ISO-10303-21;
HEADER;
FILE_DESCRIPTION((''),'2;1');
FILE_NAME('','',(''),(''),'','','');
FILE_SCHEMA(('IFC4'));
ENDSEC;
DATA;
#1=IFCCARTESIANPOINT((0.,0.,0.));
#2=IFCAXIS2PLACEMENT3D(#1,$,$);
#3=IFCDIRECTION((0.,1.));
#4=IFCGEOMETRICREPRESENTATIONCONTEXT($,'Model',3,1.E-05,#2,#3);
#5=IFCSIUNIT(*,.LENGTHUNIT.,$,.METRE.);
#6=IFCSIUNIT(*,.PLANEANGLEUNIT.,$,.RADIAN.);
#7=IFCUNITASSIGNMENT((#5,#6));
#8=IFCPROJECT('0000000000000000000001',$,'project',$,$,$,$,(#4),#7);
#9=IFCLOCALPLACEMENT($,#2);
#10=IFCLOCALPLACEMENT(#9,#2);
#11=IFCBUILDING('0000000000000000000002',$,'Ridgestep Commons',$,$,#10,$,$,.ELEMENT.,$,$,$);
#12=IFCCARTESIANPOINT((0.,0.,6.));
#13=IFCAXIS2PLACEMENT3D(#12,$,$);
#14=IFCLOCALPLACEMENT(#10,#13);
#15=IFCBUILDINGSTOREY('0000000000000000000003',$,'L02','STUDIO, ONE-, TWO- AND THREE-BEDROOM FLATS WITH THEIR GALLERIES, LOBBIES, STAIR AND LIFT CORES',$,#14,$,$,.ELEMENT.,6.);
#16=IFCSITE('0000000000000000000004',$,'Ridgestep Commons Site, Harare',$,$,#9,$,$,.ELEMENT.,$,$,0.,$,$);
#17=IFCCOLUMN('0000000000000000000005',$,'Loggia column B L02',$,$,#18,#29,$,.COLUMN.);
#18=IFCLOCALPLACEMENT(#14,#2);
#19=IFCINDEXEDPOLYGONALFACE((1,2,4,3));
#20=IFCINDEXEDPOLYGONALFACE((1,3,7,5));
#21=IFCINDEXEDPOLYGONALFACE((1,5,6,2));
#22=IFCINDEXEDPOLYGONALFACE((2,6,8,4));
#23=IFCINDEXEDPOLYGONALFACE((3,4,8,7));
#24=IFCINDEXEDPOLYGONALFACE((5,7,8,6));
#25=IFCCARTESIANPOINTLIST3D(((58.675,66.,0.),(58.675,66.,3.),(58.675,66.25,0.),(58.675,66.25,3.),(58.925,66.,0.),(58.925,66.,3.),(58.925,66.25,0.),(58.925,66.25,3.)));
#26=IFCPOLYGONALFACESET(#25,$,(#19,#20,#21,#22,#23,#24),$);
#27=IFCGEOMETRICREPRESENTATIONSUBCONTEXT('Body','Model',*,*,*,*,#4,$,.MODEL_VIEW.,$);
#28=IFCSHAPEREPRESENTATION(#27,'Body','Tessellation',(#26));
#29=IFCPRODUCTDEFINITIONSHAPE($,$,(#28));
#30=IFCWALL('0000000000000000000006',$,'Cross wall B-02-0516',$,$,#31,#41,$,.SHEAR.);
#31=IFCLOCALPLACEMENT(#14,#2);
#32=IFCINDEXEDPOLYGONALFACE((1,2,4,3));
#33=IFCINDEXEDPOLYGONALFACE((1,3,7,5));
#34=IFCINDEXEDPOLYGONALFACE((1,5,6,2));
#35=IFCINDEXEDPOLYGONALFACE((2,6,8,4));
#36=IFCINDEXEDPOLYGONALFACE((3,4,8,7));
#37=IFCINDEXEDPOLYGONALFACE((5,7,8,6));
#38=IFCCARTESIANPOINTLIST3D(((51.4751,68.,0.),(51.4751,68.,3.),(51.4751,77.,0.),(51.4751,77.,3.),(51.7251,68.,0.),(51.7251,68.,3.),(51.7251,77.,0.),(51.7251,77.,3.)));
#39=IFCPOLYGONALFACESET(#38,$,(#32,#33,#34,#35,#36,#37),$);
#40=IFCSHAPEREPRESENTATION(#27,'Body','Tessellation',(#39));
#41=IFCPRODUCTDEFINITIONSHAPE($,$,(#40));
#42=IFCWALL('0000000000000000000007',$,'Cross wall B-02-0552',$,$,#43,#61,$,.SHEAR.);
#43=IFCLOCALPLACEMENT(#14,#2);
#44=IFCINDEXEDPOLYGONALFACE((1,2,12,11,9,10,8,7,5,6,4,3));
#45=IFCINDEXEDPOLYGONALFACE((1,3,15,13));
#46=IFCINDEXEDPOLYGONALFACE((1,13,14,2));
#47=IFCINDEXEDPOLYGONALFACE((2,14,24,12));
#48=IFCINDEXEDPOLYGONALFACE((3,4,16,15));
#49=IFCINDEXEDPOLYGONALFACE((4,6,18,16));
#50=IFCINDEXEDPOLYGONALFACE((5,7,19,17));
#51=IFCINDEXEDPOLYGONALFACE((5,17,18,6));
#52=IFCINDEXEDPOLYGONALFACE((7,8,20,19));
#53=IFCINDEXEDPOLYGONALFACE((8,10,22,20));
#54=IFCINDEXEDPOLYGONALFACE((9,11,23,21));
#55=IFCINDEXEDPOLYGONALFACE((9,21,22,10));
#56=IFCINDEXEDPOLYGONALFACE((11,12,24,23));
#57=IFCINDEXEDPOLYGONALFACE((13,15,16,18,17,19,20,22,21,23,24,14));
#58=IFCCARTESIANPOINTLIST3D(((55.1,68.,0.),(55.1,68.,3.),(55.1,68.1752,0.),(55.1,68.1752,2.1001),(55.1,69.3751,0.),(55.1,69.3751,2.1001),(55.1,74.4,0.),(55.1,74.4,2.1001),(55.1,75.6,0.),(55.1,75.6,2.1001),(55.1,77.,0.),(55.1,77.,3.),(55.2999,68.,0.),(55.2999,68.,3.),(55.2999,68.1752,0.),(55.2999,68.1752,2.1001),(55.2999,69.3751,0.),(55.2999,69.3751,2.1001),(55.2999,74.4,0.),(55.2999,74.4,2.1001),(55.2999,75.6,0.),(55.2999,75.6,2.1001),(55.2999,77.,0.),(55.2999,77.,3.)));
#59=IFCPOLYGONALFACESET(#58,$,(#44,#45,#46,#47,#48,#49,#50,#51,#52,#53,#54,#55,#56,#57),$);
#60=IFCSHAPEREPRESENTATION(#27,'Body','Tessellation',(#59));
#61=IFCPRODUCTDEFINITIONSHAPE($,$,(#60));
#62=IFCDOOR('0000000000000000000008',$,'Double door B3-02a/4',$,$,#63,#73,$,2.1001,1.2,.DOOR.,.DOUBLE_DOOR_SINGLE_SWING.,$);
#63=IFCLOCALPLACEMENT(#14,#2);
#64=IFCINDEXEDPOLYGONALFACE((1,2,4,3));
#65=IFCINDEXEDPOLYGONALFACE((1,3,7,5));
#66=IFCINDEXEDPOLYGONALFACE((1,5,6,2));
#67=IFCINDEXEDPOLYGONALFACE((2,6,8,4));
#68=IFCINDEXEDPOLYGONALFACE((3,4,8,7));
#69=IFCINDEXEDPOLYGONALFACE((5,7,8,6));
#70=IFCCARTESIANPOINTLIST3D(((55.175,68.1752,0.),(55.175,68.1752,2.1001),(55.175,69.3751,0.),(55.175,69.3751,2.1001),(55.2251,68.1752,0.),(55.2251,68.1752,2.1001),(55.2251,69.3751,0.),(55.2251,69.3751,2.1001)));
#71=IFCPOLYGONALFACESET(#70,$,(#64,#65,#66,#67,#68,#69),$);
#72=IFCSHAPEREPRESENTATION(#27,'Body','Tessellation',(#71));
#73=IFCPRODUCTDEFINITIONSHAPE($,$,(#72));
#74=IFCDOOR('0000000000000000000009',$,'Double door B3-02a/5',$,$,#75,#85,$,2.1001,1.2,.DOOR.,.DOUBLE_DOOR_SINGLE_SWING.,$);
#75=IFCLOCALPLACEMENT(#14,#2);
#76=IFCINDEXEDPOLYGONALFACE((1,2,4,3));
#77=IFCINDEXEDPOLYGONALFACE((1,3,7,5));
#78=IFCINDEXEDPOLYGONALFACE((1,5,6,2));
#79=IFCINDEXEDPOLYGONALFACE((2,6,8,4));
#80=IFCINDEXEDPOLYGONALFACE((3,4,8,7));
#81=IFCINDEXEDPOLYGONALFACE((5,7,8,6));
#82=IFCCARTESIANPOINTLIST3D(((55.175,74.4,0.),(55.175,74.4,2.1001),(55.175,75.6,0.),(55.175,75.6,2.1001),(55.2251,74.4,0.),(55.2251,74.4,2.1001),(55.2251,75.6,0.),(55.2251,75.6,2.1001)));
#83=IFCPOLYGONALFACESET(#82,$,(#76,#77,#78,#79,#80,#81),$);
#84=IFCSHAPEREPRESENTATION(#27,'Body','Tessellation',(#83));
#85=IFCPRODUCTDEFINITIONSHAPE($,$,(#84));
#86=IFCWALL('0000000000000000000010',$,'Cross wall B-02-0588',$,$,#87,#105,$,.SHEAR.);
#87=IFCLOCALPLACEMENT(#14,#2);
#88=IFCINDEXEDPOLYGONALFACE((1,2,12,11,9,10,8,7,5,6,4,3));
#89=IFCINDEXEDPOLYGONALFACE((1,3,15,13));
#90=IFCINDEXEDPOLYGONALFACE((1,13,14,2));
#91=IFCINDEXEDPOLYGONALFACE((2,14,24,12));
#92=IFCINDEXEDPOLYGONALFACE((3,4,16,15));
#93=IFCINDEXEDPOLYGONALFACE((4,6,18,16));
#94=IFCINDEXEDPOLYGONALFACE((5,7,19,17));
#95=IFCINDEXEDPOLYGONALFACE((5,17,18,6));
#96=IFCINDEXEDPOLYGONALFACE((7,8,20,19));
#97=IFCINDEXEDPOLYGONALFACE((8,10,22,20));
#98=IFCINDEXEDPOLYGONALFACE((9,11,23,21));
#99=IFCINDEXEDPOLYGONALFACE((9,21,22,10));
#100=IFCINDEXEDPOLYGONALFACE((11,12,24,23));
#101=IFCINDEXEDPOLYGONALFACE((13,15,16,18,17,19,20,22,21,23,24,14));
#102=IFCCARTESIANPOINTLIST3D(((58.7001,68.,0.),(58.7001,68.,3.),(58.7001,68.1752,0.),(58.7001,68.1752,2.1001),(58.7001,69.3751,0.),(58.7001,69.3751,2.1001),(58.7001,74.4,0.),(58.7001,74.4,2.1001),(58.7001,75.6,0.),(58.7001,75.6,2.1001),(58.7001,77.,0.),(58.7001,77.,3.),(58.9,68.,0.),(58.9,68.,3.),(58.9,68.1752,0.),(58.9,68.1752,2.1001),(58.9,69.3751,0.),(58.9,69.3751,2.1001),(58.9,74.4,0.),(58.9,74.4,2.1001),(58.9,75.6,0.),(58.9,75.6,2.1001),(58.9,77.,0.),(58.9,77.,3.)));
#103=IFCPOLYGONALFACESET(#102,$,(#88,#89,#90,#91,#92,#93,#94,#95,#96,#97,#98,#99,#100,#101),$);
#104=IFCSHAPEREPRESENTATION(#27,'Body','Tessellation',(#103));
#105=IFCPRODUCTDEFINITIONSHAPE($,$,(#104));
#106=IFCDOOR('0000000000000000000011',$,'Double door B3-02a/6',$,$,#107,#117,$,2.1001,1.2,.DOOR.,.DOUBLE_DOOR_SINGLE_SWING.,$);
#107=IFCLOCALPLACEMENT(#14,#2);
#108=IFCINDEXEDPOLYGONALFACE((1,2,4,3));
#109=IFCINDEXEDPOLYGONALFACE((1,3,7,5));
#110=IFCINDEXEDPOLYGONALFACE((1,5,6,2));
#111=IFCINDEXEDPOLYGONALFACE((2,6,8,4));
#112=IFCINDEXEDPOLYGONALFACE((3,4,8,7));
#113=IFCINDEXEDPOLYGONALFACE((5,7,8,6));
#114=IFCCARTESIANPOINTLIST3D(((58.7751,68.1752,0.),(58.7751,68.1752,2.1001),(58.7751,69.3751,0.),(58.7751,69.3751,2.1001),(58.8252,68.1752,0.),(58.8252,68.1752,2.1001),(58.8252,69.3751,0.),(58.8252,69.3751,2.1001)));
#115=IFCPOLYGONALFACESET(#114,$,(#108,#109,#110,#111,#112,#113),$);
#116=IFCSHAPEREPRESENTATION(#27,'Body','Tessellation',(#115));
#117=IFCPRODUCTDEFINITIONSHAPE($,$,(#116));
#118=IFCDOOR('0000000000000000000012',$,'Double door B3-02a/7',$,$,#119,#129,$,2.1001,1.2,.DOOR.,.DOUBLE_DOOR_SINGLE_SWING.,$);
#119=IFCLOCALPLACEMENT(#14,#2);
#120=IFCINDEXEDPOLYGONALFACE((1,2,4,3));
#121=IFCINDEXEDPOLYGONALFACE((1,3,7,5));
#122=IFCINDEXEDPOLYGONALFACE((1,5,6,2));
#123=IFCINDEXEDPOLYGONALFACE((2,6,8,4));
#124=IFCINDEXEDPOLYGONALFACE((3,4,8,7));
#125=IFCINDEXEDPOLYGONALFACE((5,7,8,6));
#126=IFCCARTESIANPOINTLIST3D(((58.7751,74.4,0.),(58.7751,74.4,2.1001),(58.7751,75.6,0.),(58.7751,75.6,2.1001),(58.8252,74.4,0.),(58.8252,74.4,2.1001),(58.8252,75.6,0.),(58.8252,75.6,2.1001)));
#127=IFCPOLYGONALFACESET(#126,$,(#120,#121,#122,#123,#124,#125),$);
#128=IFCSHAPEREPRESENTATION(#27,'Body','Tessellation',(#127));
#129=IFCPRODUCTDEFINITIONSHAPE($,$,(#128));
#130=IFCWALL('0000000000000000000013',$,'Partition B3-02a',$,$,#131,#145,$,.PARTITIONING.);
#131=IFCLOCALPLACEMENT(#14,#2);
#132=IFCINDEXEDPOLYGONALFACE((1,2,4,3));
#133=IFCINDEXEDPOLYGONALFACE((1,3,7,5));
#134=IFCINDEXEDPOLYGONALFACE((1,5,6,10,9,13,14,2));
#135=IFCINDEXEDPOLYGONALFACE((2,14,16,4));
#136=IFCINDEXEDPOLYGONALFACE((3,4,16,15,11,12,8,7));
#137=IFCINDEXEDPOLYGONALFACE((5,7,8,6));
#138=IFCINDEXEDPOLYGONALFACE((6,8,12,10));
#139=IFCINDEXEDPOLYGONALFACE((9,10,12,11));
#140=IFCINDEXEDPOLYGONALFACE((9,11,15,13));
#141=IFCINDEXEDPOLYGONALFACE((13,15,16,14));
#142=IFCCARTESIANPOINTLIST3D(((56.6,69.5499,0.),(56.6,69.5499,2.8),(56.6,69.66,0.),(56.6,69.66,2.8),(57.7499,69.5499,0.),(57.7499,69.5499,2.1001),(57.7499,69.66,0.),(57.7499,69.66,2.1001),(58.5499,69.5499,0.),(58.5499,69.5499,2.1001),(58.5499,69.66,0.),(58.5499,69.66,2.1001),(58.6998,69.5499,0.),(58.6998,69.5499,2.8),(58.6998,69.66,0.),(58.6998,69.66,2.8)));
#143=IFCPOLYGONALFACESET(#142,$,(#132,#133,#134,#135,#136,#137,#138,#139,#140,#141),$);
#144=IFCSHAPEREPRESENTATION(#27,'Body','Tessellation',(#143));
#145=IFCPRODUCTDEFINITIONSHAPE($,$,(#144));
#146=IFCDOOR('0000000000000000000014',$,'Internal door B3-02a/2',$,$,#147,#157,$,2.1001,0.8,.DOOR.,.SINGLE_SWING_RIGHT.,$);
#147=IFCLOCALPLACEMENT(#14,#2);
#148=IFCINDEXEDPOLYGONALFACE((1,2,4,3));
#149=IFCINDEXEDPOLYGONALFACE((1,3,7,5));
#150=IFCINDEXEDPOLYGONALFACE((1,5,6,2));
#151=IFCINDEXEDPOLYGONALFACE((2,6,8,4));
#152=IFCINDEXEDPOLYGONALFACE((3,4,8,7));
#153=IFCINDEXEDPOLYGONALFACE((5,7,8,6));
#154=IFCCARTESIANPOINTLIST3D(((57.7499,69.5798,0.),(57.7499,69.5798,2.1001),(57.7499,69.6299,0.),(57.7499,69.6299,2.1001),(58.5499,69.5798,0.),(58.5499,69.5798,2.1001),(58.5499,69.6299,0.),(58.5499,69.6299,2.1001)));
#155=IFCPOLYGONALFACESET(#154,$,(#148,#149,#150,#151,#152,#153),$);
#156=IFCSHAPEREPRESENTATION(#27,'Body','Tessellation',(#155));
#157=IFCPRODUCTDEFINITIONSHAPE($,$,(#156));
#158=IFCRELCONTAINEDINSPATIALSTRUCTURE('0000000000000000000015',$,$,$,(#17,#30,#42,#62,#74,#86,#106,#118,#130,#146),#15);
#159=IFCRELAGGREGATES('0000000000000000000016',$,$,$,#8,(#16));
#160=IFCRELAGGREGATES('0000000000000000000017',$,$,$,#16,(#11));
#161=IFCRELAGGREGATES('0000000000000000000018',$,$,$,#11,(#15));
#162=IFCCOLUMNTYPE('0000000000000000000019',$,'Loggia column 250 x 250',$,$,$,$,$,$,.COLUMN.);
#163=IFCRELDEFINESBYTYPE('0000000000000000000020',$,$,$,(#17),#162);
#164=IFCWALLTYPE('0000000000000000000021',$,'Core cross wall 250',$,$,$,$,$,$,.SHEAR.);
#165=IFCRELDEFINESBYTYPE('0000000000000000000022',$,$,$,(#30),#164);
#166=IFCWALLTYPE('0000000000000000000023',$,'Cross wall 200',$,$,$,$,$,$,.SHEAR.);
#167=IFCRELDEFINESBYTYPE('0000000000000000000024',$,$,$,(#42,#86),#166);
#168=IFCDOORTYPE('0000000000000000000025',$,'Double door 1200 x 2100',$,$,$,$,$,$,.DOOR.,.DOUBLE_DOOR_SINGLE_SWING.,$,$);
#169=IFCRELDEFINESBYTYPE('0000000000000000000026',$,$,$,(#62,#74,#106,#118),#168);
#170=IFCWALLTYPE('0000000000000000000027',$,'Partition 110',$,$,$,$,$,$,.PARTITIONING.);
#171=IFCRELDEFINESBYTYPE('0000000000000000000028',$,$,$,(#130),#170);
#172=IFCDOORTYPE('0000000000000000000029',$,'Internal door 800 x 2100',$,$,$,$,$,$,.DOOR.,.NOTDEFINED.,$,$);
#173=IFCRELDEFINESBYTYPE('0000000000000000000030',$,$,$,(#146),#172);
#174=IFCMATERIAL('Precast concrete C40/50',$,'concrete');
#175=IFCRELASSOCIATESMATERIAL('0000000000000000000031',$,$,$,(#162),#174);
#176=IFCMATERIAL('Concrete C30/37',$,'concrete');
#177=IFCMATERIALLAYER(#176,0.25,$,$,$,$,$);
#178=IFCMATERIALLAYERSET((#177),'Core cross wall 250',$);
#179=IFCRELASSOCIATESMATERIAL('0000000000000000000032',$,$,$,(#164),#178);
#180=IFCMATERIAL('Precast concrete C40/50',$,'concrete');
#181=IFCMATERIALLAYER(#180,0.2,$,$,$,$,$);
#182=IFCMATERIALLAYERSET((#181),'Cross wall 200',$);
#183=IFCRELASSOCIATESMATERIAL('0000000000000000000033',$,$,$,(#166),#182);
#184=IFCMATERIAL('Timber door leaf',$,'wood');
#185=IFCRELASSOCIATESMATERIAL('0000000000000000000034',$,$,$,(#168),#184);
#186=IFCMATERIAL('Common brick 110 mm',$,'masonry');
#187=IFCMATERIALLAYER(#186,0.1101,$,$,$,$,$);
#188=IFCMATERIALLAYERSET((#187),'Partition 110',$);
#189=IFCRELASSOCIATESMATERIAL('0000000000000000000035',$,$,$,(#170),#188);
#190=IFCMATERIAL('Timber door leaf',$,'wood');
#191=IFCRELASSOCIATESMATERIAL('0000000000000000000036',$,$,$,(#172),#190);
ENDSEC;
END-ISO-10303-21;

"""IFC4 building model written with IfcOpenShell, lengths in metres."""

from ifc_helpers import new_model, si_unit, direction, frame, frame_2d, origin, origin_2d, place, context, subcontext, project, spatial, rectangle, extrude, material, layer, layer_set, material_profile, profile_set, type_object, element, fill, save


model = new_model("IFC4")

# Units and contexts
model_context = context("Model", 3, precision=1e-05, world=origin(), true_north=direction((0.0, 1.0)))
body_context = subcontext(model_context, "Body", "Model", "MODEL_VIEW")
ifc_project = project(units=[si_unit("LENGTHUNIT", "METRE"), si_unit("PLANEANGLEUNIT", "RADIAN")], contexts=[model_context])

# Site, building, storey
site_placement = place(None, origin())
site = spatial("IfcSite", under=ifc_project, at=site_placement, Name="Ridgestep Commons Site, Harare", CompositionType="ELEMENT", RefElevation=0.0)
building_placement = place(site_placement, origin())
building = spatial("IfcBuilding", under=site, at=building_placement, Name="Ridgestep Commons", CompositionType="ELEMENT")
storey_placement = place(building_placement, frame((0.0, 0.0, 6.0)))
storey = spatial("IfcBuildingStorey", under=building, at=storey_placement, Name="L02", Description="STUDIO, ONE-, TWO- AND THREE-BEDROOM FLATS WITH THEIR GALLERIES, LOBBIES, STAIR AND LIFT CORES", CompositionType="ELEMENT", Elevation=6.0)

# Column
ifc_material_1 = material(Name="Precast concrete C40/50", Category="concrete")
ifc_material_profile = material_profile(ifc_material_1, rectangle(XDim=0.25, YDim=0.25, at=origin_2d()), Name="PC 250x250")
ifc_profile_set = profile_set([ifc_material_profile], Name="Precast concrete C40/50")
column_type = type_object("IfcColumnType", Name="Loggia column 250 x 250", PredefinedType="COLUMN", material=ifc_profile_set)
column_placement = place(storey_placement, frame((58.8, 66.125, 0.0), z_axis=(0.0, 0.0, 1.0), x_axis=(1.0, 0.0, 0.0)))
element("IfcColumn", 1, at=column_placement, inside=storey, type_object=column_type, Name="Loggia column B L02", PredefinedType="COLUMN", context=body_context, shape_type="SweptSolid", body=[
    extrude(rectangle(XDim=0.25, YDim=0.25, at=origin_2d()), origin(), (0.0, 0.0, 1.0), 3.0),
])

# Wall
ifc_material_2 = material(Name="Concrete C30/37", Category="concrete")
ifc_layer_1 = layer(ifc_material_2, 0.25)
ifc_layer_set_1 = layer_set([ifc_layer_1], Name="Core cross wall 250")
wall_type_1 = type_object("IfcWallType", Name="Core cross wall 250", PredefinedType="SHEAR", material=ifc_layer_set_1)
wall_1_placement = place(storey_placement, frame((51.6001, 68.0, 0.0), z_axis=(0.0, 0.0, 1.0), x_axis=(0.0, 1.0, 0.0)))
element("IfcWall", 2, at=wall_1_placement, inside=storey, type_object=wall_type_1, Name="Cross wall B-02-0516", PredefinedType="SHEAR", context=body_context, shape_type="SweptSolid", body=[
    extrude(rectangle(XDim=9.0, YDim=0.25, at=frame_2d((4.5, 0.0))), origin(), (0.0, 0.0, 1.0), 3.0),
])

# Walls, openings, doors
ifc_material_3 = material(Name="Precast concrete C40/50", Category="concrete")
ifc_layer_2 = layer(ifc_material_3, 0.2)
ifc_layer_set_2 = layer_set([ifc_layer_2], Name="Cross wall 200")
wall_type_2 = type_object("IfcWallType", Name="Cross wall 200", PredefinedType="SHEAR", material=ifc_layer_set_2)
wall_2_placement = place(storey_placement, frame((55.2, 68.0, 0.0), z_axis=(0.0, 0.0, 1.0), x_axis=(0.0, 1.0, 0.0)))
wall_2 = element("IfcWall", 3, at=wall_2_placement, inside=storey, type_object=wall_type_2, Name="Cross wall B-02-0552", PredefinedType="SHEAR", context=body_context, shape_type="SweptSolid", body=[
    extrude(rectangle(XDim=9.0, YDim=0.2, at=frame_2d((4.5, 0.0))), origin(), (0.0, 0.0, 1.0), 3.0),
])
opening_1_placement = place(wall_2_placement, frame((0.175, 0.0, 0.0)))
opening_1 = element("IfcOpeningElement", 4, at=opening_1_placement, cuts=wall_2, PredefinedType="OPENING", context=body_context, shape_type="SweptSolid", body=[
    extrude(rectangle(XDim=1.2, YDim=2.1001, at=frame_2d((0.6001, 1.05))), frame((0.0, 0.1099, 0.0), z_axis=(0.0, -1.0, 0.0), x_axis=(1.0, 0.0, 0.0)), (0.0, 0.0, 1.0), 0.22),
])
opening_2_placement = place(wall_2_placement, frame((6.3999, 0.0, 0.0)))
opening_2 = element("IfcOpeningElement", 5, at=opening_2_placement, cuts=wall_2, PredefinedType="OPENING", context=body_context, shape_type="SweptSolid", body=[
    extrude(rectangle(XDim=1.2, YDim=2.1001, at=frame_2d((0.6001, 1.05))), frame((0.0, 0.1099, 0.0), z_axis=(0.0, -1.0, 0.0), x_axis=(1.0, 0.0, 0.0)), (0.0, 0.0, 1.0), 0.22),
])
ifc_material_4 = material(Name="Timber door leaf", Category="wood")
door_type_1 = type_object("IfcDoorType", Name="Double door 1200 x 2100", OperationType="DOUBLE_DOOR_SINGLE_SWING", PredefinedType="DOOR", material=ifc_material_4)
door_1_placement = place(opening_1_placement, origin())
door_1 = element("IfcDoor", 6, at=door_1_placement, inside=storey, type_object=door_type_1, Name="Double door B3-02a/4", OperationType="DOUBLE_DOOR_SINGLE_SWING", OverallHeight=2.1001, OverallWidth=1.2, PredefinedType="DOOR", context=body_context, shape_type="SweptSolid", body=[
    extrude(rectangle(XDim=1.2, YDim=2.1001, at=frame_2d((0.6001, 1.05))), frame((0.0, 0.0249, 0.0), z_axis=(0.0, -1.0, 0.0), x_axis=(1.0, 0.0, 0.0)), (0.0, 0.0, 1.0), 0.05),
])
fill(opening_1, door_1)
door_2_placement = place(opening_2_placement, origin())
door_2 = element("IfcDoor", 7, at=door_2_placement, inside=storey, type_object=door_type_1, Name="Double door B3-02a/5", OperationType="DOUBLE_DOOR_SINGLE_SWING", OverallHeight=2.1001, OverallWidth=1.2, PredefinedType="DOOR", context=body_context, shape_type="SweptSolid", body=[
    extrude(rectangle(XDim=1.2, YDim=2.1001, at=frame_2d((0.6001, 1.05))), frame((0.0, 0.0249, 0.0), z_axis=(0.0, -1.0, 0.0), x_axis=(1.0, 0.0, 0.0)), (0.0, 0.0, 1.0), 0.05),
])
fill(opening_2, door_2)
wall_3_placement = place(storey_placement, frame((58.8, 68.0, 0.0), z_axis=(0.0, 0.0, 1.0), x_axis=(0.0, 1.0, 0.0)))
wall_3 = element("IfcWall", 8, at=wall_3_placement, inside=storey, type_object=wall_type_2, Name="Cross wall B-02-0588", PredefinedType="SHEAR", context=body_context, shape_type="SweptSolid", body=[
    extrude(rectangle(XDim=9.0, YDim=0.2, at=frame_2d((4.5, 0.0))), origin(), (0.0, 0.0, 1.0), 3.0),
])
opening_3_placement = place(wall_3_placement, frame((0.175, 0.0, 0.0)))
opening_3 = element("IfcOpeningElement", 9, at=opening_3_placement, cuts=wall_3, PredefinedType="OPENING", context=body_context, shape_type="SweptSolid", body=[
    extrude(rectangle(XDim=1.2, YDim=2.1001, at=frame_2d((0.6001, 1.05))), frame((0.0, 0.1099, 0.0), z_axis=(0.0, -1.0, 0.0), x_axis=(1.0, 0.0, 0.0)), (0.0, 0.0, 1.0), 0.22),
])
opening_4_placement = place(wall_3_placement, frame((6.3999, 0.0, 0.0)))
opening_4 = element("IfcOpeningElement", 10, at=opening_4_placement, cuts=wall_3, PredefinedType="OPENING", context=body_context, shape_type="SweptSolid", body=[
    extrude(rectangle(XDim=1.2, YDim=2.1001, at=frame_2d((0.6001, 1.05))), frame((0.0, 0.1099, 0.0), z_axis=(0.0, -1.0, 0.0), x_axis=(1.0, 0.0, 0.0)), (0.0, 0.0, 1.0), 0.22),
])
door_3_placement = place(opening_3_placement, origin())
door_3 = element("IfcDoor", 11, at=door_3_placement, inside=storey, type_object=door_type_1, Name="Double door B3-02a/6", OperationType="DOUBLE_DOOR_SINGLE_SWING", OverallHeight=2.1001, OverallWidth=1.2, PredefinedType="DOOR", context=body_context, shape_type="SweptSolid", body=[
    extrude(rectangle(XDim=1.2, YDim=2.1001, at=frame_2d((0.6001, 1.05))), frame((0.0, 0.0249, 0.0), z_axis=(0.0, -1.0, 0.0), x_axis=(1.0, 0.0, 0.0)), (0.0, 0.0, 1.0), 0.05),
])
fill(opening_3, door_3)
door_4_placement = place(opening_4_placement, origin())
door_4 = element("IfcDoor", 12, at=door_4_placement, inside=storey, type_object=door_type_1, Name="Double door B3-02a/7", OperationType="DOUBLE_DOOR_SINGLE_SWING", OverallHeight=2.1001, OverallWidth=1.2, PredefinedType="DOOR", context=body_context, shape_type="SweptSolid", body=[
    extrude(rectangle(XDim=1.2, YDim=2.1001, at=frame_2d((0.6001, 1.05))), frame((0.0, 0.0249, 0.0), z_axis=(0.0, -1.0, 0.0), x_axis=(1.0, 0.0, 0.0)), (0.0, 0.0, 1.0), 0.05),
])
fill(opening_4, door_4)

# Wall, opening, door
ifc_material_5 = material(Name="Common brick 110 mm", Category="masonry")
ifc_layer_3 = layer(ifc_material_5, 0.1101)
ifc_layer_set_3 = layer_set([ifc_layer_3], Name="Partition 110")
wall_type_3 = type_object("IfcWallType", Name="Partition 110", PredefinedType="PARTITIONING", material=ifc_layer_set_3)
wall_4_placement = place(storey_placement, frame((56.6001, 69.605, 0.0), z_axis=(0.0, 0.0, 1.0), x_axis=(1.0, 0.0, 0.0)))
wall_4 = element("IfcWall", 13, at=wall_4_placement, inside=storey, type_object=wall_type_3, Name="Partition B3-02a", PredefinedType="PARTITIONING", context=body_context, shape_type="SweptSolid", body=[
    extrude(rectangle(XDim=2.0999, YDim=0.1101, at=frame_2d((1.0498, 0.0))), origin(), (0.0, 0.0, 1.0), 2.8),
])
opening_5_placement = place(wall_4_placement, frame((1.1499, 0.0, 0.0)))
opening_5 = element("IfcOpeningElement", 14, at=opening_5_placement, cuts=wall_4, PredefinedType="OPENING", context=body_context, shape_type="SweptSolid", body=[
    extrude(rectangle(XDim=0.8, YDim=2.1001, at=frame_2d((0.3999, 1.05))), frame((0.0, 0.0649, 0.0), z_axis=(0.0, -1.0, 0.0), x_axis=(1.0, 0.0, 0.0)), (0.0, 0.0, 1.0), 0.1301),
])
ifc_material_6 = material(Name="Timber door leaf", Category="wood")
door_type_2 = type_object("IfcDoorType", Name="Internal door 800 x 2100", OperationType="NOTDEFINED", PredefinedType="DOOR", material=ifc_material_6)
door_5_placement = place(opening_5_placement, origin())
door_5 = element("IfcDoor", 15, at=door_5_placement, inside=storey, type_object=door_type_2, Name="Internal door B3-02a/2", OperationType="SINGLE_SWING_RIGHT", OverallHeight=2.1001, OverallWidth=0.8, PredefinedType="DOOR", context=body_context, shape_type="SweptSolid", body=[
    extrude(rectangle(XDim=0.8, YDim=2.1001, at=frame_2d((0.3999, 1.05))), frame((0.0, 0.0249, 0.0), z_axis=(0.0, -1.0, 0.0), x_axis=(1.0, 0.0, 0.0)), (0.0, 0.0, 1.0), 0.05),
])
fill(opening_5, door_5)

save(model, "model.ifc")
